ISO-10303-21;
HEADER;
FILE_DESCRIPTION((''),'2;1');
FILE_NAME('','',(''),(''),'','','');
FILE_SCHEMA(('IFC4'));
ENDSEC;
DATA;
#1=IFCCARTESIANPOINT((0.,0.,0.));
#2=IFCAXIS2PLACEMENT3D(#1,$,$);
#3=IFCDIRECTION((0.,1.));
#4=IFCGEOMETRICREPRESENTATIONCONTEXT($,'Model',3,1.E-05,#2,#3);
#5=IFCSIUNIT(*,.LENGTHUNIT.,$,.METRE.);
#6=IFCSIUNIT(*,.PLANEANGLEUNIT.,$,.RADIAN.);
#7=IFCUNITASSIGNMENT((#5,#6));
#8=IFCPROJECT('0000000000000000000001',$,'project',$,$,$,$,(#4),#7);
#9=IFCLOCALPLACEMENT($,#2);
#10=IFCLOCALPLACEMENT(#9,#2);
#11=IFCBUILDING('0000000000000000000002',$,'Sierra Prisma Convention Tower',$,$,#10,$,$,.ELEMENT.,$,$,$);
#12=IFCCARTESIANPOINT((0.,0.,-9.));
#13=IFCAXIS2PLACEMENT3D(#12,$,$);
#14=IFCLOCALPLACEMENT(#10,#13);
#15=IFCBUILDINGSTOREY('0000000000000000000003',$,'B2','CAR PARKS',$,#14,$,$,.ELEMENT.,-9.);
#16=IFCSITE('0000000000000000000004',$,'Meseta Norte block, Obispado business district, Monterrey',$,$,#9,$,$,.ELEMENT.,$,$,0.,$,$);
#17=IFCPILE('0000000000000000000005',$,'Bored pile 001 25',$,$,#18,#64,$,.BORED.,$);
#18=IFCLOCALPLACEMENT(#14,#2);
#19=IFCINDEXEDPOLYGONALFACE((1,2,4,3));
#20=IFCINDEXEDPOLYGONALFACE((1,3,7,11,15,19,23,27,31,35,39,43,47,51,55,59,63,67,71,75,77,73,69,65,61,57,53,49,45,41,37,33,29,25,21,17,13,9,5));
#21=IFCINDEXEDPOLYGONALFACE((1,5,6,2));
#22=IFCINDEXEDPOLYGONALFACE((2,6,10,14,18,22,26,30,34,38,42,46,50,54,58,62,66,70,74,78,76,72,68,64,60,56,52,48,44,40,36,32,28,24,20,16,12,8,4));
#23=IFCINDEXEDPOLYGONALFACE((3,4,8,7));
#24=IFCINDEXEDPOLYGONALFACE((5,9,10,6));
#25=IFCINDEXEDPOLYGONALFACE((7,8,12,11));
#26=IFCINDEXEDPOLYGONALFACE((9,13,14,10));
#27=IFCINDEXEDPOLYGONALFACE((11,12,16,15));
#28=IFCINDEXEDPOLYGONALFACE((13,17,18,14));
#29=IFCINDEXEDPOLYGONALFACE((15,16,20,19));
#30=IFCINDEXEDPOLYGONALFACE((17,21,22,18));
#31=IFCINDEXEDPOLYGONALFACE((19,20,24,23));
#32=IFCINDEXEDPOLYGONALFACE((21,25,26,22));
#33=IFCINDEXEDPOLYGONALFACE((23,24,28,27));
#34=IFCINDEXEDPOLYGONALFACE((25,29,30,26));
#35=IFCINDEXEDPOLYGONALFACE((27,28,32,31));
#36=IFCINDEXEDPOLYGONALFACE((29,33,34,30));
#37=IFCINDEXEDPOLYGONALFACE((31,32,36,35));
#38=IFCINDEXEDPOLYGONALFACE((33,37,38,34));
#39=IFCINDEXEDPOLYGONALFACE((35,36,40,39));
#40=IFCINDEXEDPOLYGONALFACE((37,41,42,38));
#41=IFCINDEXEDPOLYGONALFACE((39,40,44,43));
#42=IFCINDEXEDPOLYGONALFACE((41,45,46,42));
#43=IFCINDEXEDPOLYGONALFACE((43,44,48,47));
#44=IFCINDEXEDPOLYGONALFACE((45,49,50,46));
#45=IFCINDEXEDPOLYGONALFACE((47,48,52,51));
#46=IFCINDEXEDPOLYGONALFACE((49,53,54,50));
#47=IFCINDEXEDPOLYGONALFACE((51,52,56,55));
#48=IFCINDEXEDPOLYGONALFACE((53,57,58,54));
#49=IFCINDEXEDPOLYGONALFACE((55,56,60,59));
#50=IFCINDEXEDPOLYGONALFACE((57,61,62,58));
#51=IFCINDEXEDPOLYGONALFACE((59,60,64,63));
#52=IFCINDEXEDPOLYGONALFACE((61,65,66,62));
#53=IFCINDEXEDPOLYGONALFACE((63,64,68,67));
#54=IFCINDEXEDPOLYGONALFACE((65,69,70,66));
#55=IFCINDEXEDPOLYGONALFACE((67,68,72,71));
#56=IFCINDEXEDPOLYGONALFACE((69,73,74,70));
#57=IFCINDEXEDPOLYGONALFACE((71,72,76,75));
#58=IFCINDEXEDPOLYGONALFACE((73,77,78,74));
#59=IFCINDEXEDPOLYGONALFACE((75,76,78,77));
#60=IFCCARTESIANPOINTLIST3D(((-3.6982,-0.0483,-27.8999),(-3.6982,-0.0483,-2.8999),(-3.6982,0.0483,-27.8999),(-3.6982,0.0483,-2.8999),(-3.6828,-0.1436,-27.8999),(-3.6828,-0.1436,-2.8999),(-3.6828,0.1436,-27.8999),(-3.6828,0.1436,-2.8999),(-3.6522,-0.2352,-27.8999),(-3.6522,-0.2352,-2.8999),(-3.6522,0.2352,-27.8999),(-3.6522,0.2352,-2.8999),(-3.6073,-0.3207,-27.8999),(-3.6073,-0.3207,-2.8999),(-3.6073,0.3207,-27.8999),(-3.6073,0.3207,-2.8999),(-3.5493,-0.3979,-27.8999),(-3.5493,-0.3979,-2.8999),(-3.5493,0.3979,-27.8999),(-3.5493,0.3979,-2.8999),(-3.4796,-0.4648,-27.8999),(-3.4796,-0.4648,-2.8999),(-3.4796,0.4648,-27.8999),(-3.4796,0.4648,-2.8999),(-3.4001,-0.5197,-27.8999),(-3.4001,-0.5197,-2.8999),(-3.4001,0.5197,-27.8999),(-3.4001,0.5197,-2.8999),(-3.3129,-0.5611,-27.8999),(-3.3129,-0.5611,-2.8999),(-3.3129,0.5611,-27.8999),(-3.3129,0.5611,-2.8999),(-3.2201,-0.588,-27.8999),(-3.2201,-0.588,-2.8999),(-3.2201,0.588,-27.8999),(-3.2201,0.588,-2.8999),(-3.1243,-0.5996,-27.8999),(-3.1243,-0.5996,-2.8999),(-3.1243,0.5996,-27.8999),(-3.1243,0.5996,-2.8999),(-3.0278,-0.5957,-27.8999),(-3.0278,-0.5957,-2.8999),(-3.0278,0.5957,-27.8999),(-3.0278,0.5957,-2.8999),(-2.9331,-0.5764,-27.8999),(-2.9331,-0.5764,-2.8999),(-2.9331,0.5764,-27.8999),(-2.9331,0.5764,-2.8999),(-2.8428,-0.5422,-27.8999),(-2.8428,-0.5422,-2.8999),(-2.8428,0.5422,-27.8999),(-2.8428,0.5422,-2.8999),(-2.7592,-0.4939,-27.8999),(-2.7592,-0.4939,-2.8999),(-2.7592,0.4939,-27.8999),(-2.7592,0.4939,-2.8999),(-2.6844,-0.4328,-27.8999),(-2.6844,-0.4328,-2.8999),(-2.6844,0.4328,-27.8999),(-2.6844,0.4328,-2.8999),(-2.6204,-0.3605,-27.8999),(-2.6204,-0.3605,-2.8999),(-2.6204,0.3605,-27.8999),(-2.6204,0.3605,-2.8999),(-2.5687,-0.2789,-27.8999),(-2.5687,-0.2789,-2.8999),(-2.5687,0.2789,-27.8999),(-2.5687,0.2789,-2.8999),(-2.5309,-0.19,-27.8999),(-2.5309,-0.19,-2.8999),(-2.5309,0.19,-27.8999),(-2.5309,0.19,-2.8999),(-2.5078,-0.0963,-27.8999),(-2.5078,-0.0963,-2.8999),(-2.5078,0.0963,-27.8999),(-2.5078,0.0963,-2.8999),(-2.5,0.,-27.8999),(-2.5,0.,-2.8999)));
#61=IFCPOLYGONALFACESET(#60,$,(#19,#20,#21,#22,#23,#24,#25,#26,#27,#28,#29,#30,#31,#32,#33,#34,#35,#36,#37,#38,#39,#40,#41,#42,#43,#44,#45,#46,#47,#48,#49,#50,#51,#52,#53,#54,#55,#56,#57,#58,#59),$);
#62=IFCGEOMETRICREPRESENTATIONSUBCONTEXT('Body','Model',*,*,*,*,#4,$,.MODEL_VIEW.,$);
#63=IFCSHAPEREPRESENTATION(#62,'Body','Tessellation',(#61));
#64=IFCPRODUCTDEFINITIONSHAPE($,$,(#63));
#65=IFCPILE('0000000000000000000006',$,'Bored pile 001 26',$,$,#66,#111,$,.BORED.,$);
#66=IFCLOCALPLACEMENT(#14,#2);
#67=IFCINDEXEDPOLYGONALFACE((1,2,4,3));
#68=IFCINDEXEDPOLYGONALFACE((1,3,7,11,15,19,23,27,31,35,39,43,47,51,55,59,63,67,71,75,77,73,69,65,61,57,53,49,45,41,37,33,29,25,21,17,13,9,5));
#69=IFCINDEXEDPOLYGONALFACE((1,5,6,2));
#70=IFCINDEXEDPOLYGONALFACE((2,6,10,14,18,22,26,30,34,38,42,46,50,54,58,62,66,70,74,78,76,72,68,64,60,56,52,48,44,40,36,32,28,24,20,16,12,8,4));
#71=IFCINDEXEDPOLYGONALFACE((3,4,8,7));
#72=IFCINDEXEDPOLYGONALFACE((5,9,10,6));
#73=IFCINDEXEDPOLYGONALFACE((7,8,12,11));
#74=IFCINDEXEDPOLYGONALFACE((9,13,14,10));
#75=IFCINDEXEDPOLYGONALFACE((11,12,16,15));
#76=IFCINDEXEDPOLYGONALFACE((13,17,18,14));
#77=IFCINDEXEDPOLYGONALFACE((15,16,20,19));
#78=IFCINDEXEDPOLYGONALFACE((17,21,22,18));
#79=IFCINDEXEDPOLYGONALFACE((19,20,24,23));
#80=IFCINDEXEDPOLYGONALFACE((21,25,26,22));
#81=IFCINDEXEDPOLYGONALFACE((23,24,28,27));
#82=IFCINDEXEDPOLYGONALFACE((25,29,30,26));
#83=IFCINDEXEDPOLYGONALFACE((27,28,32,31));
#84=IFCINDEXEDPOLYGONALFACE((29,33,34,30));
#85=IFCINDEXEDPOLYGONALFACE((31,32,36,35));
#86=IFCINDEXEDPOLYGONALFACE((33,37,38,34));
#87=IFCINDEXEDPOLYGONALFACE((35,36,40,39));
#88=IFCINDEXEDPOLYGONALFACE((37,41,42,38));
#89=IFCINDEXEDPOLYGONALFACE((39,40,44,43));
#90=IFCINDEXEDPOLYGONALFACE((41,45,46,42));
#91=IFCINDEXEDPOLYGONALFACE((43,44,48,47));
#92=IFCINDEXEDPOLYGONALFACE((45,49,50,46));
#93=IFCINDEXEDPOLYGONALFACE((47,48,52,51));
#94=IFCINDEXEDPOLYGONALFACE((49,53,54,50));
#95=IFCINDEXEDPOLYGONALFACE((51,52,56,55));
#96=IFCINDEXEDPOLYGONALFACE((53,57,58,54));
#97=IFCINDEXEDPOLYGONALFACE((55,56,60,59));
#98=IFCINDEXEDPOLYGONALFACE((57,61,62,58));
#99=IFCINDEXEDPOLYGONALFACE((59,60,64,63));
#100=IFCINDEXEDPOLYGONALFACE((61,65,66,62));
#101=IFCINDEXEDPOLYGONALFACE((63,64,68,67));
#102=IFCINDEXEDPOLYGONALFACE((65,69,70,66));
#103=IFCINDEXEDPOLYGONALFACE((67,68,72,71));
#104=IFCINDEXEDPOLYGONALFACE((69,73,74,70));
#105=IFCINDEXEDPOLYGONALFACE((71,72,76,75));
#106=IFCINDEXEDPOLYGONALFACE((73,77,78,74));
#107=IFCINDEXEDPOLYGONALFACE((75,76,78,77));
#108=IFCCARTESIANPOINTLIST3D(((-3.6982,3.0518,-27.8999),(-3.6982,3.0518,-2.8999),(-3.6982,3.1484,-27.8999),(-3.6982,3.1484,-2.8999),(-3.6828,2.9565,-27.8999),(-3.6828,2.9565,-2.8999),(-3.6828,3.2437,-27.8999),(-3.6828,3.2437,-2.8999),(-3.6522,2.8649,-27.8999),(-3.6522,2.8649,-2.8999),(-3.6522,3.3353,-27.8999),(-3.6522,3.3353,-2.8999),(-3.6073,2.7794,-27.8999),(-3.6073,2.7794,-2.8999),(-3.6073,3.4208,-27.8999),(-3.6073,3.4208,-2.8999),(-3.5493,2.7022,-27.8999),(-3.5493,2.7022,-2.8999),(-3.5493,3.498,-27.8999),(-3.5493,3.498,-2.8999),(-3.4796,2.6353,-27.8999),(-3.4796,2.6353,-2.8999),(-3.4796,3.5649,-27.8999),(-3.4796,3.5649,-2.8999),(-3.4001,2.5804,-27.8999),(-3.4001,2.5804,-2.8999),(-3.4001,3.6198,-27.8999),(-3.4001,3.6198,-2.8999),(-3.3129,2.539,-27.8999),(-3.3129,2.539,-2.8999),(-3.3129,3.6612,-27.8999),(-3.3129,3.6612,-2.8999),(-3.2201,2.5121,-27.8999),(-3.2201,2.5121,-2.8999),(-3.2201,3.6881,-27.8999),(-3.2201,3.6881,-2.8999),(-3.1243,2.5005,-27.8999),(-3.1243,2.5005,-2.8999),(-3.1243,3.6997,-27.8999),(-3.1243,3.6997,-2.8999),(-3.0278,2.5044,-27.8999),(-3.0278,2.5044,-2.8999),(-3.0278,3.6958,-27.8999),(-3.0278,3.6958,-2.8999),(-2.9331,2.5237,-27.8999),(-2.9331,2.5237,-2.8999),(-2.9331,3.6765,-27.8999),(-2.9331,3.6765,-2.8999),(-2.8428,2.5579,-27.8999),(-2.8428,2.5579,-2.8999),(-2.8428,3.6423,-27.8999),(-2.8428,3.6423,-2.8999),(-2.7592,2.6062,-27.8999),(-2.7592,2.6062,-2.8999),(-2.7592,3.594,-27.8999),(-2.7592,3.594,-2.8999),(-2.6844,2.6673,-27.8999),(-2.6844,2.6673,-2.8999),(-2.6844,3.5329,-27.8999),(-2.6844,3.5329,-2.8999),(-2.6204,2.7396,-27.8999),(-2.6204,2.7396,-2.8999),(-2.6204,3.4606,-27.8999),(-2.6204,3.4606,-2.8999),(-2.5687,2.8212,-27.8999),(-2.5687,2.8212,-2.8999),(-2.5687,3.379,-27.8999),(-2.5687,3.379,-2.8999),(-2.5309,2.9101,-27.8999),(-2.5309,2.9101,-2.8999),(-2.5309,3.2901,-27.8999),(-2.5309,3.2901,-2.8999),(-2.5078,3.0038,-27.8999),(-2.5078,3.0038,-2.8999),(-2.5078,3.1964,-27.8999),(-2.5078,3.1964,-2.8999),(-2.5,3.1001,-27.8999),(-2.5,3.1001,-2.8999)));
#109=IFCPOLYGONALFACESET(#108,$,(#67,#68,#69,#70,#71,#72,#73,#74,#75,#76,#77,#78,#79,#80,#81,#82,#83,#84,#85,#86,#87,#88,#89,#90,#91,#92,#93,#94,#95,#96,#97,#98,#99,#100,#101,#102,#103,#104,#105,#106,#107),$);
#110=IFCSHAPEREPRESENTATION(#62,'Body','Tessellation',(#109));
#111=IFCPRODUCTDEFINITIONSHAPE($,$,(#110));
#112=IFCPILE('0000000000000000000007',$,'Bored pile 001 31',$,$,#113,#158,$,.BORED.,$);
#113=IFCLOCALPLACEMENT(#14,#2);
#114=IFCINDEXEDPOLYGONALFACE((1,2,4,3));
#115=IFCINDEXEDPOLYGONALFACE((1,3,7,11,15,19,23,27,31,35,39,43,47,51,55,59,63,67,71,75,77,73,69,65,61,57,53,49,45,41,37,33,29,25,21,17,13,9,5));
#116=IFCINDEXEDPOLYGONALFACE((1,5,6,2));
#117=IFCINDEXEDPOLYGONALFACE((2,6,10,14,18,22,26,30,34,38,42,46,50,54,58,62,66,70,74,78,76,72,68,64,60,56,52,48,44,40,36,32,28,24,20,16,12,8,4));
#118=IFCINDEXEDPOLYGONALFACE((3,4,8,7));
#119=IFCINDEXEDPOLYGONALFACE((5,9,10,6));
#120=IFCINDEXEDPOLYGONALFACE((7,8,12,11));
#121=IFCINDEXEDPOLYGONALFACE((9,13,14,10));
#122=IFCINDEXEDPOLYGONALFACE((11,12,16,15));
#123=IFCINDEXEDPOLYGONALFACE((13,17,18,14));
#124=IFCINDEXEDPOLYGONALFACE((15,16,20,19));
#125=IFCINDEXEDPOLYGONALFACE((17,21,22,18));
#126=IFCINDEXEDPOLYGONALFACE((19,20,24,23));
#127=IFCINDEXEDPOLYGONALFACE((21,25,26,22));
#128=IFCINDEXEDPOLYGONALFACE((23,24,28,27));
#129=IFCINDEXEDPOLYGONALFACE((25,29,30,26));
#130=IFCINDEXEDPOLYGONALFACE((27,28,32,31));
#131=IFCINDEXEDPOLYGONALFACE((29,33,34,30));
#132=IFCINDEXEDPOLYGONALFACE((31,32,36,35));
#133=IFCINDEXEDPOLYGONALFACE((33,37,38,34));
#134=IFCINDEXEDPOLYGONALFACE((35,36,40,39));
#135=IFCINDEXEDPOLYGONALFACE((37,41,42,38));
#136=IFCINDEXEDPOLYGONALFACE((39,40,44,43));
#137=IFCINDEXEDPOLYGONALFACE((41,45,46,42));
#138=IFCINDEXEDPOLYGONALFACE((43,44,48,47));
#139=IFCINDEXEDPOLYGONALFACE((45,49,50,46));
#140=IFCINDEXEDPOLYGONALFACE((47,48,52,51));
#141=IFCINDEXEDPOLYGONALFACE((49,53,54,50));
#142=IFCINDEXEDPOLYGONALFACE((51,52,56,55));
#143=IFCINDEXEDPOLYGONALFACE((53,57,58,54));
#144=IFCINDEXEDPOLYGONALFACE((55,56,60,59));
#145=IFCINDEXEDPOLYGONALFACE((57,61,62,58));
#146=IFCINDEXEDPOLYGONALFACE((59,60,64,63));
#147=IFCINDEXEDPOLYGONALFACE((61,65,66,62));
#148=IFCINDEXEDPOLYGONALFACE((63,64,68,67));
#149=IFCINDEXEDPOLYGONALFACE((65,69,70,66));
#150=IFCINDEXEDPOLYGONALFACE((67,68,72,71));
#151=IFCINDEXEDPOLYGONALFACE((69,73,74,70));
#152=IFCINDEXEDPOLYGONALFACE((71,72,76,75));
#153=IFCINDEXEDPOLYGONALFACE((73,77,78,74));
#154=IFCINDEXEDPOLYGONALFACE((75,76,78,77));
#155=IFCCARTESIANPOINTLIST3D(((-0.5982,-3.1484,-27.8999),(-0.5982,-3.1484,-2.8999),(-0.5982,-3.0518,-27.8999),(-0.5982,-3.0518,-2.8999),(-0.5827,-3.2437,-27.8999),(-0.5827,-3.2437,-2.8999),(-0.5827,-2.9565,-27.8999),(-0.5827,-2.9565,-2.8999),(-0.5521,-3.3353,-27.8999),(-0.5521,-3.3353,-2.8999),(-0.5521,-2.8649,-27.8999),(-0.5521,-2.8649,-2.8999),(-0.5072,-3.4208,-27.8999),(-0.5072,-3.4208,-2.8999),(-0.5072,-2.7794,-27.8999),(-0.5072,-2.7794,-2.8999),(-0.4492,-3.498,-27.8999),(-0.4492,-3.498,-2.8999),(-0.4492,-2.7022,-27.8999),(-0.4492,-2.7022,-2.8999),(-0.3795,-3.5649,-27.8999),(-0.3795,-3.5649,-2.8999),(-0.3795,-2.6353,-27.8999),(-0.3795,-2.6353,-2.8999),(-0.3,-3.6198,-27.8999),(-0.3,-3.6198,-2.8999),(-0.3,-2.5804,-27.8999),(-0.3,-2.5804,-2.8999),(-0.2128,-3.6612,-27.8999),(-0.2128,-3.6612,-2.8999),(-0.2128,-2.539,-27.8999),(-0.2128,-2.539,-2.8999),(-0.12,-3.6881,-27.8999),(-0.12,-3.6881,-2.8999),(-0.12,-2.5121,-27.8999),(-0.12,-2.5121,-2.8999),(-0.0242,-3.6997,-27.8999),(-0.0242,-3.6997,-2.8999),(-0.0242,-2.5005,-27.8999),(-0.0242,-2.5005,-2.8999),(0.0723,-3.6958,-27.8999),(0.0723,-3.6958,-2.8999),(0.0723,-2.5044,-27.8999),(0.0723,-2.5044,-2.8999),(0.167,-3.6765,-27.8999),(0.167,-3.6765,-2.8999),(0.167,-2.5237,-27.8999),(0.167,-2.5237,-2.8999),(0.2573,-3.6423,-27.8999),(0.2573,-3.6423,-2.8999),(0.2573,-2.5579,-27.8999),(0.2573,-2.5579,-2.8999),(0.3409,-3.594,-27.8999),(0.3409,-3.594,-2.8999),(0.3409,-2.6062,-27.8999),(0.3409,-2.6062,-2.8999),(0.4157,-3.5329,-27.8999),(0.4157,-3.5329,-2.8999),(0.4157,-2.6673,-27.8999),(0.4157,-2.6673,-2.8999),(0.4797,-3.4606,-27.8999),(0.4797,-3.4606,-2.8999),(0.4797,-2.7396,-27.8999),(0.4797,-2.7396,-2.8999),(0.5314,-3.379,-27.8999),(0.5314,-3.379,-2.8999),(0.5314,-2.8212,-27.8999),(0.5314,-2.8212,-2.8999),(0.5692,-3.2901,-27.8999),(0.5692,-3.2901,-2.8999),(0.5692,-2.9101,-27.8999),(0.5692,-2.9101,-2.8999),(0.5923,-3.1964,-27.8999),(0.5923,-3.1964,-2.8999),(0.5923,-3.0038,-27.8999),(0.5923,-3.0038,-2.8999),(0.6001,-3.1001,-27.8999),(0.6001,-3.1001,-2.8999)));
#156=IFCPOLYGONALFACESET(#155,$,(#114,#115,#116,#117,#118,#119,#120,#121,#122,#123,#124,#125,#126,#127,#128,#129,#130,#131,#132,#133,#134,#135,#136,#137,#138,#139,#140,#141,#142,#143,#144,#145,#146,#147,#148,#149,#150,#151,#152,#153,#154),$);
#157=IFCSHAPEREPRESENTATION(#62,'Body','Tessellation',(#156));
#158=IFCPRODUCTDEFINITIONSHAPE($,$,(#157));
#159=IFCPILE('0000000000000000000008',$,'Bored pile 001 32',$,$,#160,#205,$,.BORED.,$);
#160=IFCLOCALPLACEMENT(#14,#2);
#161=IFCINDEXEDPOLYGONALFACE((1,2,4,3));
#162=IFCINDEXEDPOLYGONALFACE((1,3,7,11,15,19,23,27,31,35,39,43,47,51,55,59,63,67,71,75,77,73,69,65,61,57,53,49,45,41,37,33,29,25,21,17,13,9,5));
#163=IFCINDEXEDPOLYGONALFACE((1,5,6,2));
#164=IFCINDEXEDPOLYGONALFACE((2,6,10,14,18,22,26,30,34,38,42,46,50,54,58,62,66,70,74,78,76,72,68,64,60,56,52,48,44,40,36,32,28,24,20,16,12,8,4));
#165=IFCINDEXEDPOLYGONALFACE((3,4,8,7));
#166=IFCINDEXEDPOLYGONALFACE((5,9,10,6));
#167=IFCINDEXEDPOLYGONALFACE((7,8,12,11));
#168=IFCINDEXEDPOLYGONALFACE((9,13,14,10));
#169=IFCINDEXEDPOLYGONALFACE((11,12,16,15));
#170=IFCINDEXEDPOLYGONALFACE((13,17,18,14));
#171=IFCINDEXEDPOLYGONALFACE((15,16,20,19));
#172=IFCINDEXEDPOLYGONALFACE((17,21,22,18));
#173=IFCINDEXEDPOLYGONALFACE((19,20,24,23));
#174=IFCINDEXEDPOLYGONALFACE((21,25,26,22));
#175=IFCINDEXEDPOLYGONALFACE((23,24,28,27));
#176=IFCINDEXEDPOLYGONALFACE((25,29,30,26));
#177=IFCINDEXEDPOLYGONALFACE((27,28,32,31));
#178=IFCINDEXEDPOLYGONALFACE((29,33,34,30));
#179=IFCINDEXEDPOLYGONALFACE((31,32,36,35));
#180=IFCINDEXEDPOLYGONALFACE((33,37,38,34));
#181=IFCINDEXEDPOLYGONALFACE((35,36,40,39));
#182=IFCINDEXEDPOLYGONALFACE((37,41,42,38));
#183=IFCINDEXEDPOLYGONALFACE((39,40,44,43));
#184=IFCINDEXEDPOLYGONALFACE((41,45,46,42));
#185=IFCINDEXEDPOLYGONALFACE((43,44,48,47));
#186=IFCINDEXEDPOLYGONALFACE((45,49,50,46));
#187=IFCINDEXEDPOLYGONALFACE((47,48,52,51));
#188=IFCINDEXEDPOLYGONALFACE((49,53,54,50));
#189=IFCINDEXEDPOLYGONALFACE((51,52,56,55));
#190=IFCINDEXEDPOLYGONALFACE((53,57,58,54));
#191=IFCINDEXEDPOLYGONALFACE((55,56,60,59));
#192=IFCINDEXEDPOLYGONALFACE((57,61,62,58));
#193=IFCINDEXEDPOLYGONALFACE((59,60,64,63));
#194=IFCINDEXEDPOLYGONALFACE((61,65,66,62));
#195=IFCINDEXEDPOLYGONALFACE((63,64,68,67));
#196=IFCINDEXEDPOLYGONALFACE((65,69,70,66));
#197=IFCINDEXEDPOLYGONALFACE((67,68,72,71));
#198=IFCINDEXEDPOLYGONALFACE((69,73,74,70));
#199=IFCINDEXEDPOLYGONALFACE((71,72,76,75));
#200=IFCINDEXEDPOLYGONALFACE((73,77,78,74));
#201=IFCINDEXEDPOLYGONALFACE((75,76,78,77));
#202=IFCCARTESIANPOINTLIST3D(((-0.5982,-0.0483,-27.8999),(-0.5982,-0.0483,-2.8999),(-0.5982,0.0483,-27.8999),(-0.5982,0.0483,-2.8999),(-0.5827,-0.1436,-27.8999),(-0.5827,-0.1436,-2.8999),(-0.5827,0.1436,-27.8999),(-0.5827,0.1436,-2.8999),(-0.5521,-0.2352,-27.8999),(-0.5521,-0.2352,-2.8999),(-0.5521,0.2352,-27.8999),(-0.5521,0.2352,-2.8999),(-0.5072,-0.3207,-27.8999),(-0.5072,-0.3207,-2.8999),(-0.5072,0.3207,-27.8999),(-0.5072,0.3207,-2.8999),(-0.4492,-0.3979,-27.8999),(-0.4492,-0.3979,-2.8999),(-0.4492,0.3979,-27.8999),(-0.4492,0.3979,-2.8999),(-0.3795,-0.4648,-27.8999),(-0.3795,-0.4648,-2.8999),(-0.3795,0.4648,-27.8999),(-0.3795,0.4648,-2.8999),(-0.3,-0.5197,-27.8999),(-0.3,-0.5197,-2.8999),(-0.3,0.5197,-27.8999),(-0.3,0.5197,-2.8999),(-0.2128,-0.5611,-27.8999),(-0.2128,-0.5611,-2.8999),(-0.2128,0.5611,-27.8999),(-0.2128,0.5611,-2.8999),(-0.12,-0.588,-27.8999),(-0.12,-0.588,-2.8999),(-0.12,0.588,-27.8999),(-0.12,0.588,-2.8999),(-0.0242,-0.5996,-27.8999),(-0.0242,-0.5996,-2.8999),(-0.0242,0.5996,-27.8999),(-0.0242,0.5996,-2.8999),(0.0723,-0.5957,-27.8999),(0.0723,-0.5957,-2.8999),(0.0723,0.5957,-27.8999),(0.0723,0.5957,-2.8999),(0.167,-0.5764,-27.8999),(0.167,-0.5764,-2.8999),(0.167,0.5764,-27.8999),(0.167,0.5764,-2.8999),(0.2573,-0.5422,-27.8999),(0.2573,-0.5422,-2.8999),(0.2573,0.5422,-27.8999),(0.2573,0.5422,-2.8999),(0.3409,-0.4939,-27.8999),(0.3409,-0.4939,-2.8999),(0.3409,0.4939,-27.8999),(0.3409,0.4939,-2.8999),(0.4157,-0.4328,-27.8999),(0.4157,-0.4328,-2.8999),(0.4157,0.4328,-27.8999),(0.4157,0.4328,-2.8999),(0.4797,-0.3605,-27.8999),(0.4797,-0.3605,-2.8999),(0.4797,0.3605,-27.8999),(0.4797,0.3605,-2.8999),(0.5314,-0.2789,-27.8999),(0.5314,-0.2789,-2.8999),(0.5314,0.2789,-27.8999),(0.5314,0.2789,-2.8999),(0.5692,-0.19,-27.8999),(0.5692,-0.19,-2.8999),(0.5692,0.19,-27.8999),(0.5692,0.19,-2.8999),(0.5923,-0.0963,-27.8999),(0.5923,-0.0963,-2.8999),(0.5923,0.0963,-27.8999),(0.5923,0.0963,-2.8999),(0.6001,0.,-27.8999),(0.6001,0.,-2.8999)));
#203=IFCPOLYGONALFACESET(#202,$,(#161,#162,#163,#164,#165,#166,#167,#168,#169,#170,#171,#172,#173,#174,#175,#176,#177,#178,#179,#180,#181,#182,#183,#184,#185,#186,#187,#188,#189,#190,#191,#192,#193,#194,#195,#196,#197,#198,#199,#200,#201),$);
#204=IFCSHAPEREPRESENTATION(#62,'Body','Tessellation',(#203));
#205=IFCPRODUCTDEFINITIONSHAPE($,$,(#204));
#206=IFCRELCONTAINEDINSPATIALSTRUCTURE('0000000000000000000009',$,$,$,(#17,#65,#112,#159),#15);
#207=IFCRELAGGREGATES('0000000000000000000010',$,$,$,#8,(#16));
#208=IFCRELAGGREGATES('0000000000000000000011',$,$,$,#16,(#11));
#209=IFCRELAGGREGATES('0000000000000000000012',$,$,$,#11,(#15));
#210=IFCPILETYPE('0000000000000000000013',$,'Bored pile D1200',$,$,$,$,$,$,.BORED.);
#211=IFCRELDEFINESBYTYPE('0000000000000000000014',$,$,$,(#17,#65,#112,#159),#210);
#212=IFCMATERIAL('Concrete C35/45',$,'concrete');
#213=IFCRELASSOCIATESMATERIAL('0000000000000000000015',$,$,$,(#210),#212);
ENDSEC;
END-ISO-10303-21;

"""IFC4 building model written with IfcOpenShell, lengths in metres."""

from ifc_helpers import new_model, si_unit, direction, frame, origin, origin_2d, place, context, subcontext, project, spatial, circle, extrude, material, material_profile, profile_set, type_object, element, save


model = new_model("IFC4")

# Units and contexts
model_context = context("Model", 3, precision=1e-05, world=origin(), true_north=direction((0.0, 1.0)))
body_context = subcontext(model_context, "Body", "Model", "MODEL_VIEW")
ifc_project = project(units=[si_unit("LENGTHUNIT", "METRE"), si_unit("PLANEANGLEUNIT", "RADIAN")], contexts=[model_context])

# Site, building, storey
site_placement = place(None, origin())
site = spatial("IfcSite", under=ifc_project, at=site_placement, Name="Meseta Norte block, Obispado business district, Monterrey", CompositionType="ELEMENT", RefElevation=0.0)
building_placement = place(site_placement, origin())
building = spatial("IfcBuilding", under=site, at=building_placement, Name="Sierra Prisma Convention Tower", CompositionType="ELEMENT")
storey_placement = place(building_placement, frame((0.0, 0.0, -9.0)))
storey = spatial("IfcBuildingStorey", under=building, at=storey_placement, Name="B2", Description="CAR PARKS", CompositionType="ELEMENT", Elevation=-9.0)

# Piles
ifc_material_1 = material(Name="Concrete C35/45", Category="concrete")
ifc_material_profile = material_profile(ifc_material_1, circle(Radius=0.6001, at=origin_2d()), Name="D1200")
ifc_profile_set = profile_set([ifc_material_profile], Name="Concrete C35/45")
pile_type = type_object("IfcPileType", Name="Bored pile D1200", PredefinedType="BORED", material=ifc_profile_set)
for number, where, z_axis, x_axis, name in (
    (1, (-3.1001, 0.0, -2.8999), (0.0, 0.0, -1.0), (1.0, 0.0, 0.0), "Bored pile 001 25"),
    (2, (-3.1001, 3.1001, -2.8999), (0.0, 0.0, -1.0), (1.0, 0.0, 0.0), "Bored pile 001 26"),
    (3, (0.0, -3.1001, -2.8999), (0.0, 0.0, -1.0), (1.0, 0.0, 0.0), "Bored pile 001 31"),
    (4, (0.0, 0.0, -2.8999), (0.0, 0.0, -1.0), (1.0, 0.0, 0.0), "Bored pile 001 32"),
):
    element("IfcPile", number, at=place(storey_placement, frame(where, z_axis=z_axis, x_axis=x_axis)), inside=storey, type_object=pile_type, Name=name, PredefinedType="BORED", context=body_context, shape_type="SweptSolid", body=[
        extrude(circle(Radius=0.6001, at=origin_2d()), origin(), (0.0, 0.0, 1.0), 25.0),
    ])

save(model, "model.ifc")
